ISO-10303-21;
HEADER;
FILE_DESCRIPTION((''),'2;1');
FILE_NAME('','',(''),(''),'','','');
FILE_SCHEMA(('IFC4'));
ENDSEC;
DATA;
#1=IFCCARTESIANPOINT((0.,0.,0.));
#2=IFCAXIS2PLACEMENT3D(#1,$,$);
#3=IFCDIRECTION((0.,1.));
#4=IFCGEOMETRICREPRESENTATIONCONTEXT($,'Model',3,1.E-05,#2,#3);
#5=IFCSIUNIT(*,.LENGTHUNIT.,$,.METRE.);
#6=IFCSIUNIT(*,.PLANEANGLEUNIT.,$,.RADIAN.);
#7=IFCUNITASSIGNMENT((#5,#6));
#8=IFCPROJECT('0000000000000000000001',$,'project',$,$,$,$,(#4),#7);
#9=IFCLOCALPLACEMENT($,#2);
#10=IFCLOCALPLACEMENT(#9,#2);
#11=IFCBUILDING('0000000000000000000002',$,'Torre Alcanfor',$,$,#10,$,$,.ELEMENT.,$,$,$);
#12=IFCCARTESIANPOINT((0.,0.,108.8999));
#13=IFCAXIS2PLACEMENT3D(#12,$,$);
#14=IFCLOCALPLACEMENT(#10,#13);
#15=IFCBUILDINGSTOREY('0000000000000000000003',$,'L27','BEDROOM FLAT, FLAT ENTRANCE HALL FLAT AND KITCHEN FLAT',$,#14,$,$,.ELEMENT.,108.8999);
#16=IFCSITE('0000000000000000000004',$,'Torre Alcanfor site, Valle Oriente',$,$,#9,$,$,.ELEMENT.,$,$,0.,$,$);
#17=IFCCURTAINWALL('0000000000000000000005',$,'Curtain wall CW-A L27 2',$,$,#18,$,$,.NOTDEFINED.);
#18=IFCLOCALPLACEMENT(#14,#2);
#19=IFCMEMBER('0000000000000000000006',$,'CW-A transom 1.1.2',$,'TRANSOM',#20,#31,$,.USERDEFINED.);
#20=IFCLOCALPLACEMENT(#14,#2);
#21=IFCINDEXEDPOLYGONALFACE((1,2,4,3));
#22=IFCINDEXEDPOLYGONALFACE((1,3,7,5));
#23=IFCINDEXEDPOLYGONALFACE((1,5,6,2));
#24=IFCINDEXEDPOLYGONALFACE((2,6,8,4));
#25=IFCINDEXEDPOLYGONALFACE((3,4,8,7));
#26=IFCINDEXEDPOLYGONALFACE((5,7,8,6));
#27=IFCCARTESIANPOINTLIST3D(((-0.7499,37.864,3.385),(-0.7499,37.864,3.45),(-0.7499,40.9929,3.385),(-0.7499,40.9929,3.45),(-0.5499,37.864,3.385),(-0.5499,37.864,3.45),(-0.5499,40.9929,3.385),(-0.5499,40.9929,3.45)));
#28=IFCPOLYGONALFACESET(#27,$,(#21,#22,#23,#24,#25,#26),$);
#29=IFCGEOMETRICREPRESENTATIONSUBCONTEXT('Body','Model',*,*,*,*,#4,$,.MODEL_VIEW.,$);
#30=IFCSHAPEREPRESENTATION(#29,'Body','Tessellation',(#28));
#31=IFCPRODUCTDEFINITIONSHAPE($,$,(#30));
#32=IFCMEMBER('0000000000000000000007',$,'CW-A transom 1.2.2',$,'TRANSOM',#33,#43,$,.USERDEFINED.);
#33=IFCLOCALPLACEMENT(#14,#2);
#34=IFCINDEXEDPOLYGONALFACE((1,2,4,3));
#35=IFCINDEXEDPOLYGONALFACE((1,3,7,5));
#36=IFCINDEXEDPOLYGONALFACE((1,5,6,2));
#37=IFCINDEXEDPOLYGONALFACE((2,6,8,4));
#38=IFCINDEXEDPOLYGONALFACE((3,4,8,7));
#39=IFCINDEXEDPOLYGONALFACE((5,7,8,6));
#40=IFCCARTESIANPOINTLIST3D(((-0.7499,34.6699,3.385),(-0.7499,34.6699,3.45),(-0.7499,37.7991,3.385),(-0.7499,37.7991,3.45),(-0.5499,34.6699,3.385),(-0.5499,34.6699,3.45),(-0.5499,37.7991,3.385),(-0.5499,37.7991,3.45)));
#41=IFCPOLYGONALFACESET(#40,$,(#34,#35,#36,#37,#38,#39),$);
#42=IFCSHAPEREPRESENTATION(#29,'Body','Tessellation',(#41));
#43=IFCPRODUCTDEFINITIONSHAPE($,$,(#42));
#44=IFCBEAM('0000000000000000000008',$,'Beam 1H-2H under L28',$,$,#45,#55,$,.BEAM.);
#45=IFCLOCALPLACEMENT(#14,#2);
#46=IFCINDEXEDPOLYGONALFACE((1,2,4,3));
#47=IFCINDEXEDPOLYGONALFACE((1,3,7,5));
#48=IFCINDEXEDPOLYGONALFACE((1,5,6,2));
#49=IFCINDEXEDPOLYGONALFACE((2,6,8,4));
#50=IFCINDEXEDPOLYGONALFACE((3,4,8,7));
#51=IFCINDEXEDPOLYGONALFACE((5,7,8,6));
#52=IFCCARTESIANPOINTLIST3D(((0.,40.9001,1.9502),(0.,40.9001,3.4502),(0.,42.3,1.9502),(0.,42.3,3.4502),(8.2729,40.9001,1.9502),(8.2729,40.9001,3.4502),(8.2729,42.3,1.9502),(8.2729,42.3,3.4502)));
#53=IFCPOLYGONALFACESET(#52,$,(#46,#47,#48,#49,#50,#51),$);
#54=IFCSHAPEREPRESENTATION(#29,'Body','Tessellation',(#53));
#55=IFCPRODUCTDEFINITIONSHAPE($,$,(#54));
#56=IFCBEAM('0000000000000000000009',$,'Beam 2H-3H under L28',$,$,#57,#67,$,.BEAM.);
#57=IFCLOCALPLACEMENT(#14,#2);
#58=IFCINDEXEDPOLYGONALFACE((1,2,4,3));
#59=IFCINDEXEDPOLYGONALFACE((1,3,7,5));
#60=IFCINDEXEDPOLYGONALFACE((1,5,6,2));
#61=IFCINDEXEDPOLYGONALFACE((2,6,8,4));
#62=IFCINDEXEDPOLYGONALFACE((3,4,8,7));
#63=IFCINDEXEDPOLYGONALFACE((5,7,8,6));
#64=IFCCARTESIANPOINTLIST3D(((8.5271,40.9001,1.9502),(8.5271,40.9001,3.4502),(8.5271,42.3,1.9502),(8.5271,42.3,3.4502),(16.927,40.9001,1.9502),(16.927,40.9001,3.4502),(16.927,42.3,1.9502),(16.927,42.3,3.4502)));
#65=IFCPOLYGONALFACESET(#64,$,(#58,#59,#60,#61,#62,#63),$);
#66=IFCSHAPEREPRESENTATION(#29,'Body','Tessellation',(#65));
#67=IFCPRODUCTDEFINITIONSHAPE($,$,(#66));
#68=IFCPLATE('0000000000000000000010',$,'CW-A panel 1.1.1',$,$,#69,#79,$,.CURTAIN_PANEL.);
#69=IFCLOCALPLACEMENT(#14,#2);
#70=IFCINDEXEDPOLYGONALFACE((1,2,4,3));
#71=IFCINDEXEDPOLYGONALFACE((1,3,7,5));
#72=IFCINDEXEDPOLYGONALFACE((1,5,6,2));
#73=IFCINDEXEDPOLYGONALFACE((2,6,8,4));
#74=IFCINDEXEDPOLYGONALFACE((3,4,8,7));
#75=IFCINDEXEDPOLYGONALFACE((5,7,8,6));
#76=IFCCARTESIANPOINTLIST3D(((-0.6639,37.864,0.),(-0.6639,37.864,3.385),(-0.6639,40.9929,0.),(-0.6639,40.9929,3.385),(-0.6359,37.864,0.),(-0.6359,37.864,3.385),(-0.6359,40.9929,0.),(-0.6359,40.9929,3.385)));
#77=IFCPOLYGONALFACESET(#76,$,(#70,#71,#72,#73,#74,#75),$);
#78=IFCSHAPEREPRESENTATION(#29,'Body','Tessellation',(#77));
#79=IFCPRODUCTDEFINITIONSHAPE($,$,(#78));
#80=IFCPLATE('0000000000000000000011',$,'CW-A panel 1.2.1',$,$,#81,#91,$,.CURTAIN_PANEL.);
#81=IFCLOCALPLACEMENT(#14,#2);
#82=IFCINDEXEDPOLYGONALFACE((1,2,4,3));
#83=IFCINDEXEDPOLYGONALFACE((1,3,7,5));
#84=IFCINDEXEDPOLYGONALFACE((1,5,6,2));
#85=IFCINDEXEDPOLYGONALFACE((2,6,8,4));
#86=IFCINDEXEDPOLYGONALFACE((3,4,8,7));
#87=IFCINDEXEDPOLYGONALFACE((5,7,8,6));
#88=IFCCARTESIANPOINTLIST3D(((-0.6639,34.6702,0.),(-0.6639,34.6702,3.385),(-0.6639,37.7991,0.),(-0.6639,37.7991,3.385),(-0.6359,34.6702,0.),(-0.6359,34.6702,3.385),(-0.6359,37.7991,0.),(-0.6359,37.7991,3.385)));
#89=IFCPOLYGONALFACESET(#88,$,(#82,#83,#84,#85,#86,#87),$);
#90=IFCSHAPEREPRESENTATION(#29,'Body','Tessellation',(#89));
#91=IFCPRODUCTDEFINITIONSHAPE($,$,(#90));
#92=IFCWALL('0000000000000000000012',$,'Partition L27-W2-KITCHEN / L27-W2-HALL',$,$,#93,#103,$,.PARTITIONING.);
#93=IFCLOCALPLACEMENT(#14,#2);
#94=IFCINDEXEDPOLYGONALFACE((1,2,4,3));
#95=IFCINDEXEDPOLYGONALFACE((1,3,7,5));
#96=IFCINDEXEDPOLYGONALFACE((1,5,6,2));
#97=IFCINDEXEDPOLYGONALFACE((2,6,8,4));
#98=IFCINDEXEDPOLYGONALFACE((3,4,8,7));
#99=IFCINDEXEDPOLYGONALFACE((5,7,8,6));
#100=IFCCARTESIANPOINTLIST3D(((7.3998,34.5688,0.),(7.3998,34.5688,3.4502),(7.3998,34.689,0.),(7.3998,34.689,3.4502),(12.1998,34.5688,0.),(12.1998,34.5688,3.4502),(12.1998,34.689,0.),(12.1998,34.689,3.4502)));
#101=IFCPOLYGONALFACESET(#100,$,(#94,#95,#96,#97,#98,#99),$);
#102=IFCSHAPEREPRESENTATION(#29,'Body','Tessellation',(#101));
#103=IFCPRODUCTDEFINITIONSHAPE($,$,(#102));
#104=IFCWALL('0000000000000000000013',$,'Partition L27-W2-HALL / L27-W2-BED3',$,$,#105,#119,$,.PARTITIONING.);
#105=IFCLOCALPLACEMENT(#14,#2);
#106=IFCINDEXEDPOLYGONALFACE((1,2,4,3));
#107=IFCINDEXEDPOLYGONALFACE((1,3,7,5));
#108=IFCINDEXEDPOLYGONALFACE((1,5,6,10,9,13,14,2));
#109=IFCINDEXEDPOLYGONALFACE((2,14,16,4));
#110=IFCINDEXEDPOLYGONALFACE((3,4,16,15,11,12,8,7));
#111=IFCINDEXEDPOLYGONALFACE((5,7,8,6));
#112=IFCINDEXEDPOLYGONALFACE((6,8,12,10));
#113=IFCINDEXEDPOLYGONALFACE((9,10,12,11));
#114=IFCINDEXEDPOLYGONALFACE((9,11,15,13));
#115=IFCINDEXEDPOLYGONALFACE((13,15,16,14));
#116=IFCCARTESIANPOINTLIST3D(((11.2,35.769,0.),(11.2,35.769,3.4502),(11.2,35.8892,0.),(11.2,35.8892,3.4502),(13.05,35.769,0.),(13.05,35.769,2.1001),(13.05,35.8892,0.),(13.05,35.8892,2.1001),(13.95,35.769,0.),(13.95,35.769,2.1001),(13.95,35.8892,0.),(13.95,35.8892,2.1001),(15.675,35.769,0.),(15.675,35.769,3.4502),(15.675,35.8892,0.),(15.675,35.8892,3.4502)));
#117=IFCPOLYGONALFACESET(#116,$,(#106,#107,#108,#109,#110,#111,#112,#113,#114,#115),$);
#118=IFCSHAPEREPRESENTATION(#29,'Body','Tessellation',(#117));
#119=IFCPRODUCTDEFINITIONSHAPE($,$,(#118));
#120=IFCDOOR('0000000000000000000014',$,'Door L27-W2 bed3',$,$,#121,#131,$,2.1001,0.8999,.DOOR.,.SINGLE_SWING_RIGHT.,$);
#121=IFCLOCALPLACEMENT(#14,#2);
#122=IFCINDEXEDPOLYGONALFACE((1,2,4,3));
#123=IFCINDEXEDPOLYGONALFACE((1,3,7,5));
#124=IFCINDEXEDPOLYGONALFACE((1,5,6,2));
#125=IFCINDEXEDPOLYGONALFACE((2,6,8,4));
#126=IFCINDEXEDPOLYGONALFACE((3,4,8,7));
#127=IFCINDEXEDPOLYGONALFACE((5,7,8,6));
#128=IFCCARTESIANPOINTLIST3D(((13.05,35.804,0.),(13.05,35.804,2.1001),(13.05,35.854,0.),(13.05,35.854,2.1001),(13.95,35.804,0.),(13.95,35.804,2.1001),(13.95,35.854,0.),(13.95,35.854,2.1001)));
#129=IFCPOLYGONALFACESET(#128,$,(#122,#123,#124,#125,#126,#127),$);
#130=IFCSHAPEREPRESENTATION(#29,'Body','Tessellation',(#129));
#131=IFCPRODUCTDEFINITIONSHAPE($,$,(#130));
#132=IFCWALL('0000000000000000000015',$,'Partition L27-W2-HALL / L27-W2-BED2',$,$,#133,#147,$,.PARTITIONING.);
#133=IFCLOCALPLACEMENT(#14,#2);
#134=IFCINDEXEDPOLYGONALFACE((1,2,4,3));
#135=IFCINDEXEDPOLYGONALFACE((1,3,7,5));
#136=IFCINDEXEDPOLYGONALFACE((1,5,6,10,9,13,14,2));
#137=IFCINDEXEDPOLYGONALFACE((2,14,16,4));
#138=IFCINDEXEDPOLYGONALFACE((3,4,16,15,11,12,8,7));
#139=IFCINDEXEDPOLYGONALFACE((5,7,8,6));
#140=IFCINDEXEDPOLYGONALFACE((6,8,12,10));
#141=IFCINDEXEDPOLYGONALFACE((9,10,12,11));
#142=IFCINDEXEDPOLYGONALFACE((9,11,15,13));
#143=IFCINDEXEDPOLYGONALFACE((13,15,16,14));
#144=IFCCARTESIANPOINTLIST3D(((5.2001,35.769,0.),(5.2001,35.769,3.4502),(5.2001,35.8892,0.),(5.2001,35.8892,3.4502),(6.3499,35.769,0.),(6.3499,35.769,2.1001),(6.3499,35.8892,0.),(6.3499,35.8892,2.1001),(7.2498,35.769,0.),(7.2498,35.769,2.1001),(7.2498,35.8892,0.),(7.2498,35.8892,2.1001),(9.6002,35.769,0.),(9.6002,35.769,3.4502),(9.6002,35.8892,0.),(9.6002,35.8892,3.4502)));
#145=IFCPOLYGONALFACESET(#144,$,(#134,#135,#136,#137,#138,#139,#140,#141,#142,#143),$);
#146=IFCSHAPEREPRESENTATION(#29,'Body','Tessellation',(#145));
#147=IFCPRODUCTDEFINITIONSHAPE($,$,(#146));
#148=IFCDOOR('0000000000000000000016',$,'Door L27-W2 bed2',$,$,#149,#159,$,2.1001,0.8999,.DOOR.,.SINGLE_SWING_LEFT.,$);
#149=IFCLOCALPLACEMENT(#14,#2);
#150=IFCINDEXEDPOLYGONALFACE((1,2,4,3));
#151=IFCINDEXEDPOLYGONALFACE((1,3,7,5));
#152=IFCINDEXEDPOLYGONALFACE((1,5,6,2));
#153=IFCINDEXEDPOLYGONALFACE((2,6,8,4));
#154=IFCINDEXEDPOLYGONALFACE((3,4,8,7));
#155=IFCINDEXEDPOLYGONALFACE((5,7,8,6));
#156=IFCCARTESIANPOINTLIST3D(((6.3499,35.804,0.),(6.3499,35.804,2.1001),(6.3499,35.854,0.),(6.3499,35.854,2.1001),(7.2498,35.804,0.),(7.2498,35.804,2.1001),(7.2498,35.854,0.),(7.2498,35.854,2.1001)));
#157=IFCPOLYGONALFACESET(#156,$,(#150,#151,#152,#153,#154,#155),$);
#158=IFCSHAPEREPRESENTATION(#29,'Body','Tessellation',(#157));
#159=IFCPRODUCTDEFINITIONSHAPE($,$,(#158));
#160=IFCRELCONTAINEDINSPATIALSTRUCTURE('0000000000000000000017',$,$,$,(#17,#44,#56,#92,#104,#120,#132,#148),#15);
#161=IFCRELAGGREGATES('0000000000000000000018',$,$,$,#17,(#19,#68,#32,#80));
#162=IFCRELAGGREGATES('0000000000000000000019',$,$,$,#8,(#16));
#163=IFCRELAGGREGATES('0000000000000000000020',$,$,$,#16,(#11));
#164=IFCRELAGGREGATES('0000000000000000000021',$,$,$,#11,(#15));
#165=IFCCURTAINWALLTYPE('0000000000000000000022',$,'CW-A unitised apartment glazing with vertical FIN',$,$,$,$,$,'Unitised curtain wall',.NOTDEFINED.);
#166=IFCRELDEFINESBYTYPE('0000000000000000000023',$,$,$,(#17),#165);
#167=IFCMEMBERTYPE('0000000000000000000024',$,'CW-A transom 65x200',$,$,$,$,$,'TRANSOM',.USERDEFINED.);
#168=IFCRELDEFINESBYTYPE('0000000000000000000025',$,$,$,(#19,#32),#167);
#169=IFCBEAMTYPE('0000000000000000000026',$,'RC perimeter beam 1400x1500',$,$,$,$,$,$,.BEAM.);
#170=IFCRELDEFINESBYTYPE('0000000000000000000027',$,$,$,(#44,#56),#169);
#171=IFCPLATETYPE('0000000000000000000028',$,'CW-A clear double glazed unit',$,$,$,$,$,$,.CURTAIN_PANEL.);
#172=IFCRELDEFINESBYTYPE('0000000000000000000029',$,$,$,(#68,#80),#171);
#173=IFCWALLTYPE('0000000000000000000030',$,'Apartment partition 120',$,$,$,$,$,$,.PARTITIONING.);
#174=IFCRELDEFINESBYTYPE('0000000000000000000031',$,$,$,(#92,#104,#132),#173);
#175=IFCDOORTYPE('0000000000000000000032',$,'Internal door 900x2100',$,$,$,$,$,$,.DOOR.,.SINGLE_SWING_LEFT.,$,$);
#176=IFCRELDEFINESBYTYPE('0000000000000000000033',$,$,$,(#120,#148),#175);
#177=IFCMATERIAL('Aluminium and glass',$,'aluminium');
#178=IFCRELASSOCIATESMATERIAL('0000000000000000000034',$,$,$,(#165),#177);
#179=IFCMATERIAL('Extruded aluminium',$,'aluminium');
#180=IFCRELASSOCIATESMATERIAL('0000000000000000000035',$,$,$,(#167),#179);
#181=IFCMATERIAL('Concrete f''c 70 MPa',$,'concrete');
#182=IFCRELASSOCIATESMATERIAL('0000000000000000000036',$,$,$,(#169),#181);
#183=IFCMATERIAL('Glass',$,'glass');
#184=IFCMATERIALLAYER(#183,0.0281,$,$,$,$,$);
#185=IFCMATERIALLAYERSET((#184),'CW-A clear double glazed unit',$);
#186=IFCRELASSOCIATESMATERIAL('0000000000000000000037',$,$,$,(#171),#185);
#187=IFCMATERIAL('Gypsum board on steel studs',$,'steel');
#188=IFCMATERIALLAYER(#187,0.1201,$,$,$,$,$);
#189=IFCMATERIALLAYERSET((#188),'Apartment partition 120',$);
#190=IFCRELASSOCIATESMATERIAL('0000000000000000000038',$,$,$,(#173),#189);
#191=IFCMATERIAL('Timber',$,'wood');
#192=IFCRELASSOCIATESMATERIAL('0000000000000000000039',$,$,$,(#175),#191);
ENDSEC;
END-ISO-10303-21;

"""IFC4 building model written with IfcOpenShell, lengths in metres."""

from ifc_helpers import new_model, si_unit, direction, frame, frame_2d, origin, origin_2d, place, context, subcontext, project, spatial, rectangle, extrude, material, layer, layer_set, material_profile, profile_set, type_object, element, fill, aggregate, save


model = new_model("IFC4")

# Units and contexts
model_context = context("Model", 3, precision=1e-05, world=origin(), true_north=direction((0.0, 1.0)))
body_context = subcontext(model_context, "Body", "Model", "MODEL_VIEW")
ifc_project = project(units=[si_unit("LENGTHUNIT", "METRE"), si_unit("PLANEANGLEUNIT", "RADIAN")], contexts=[model_context])

# Site, building, storey
site_placement = place(None, origin())
site = spatial("IfcSite", under=ifc_project, at=site_placement, Name="Torre Alcanfor site, Valle Oriente", CompositionType="ELEMENT", RefElevation=0.0)
building_placement = place(site_placement, origin())
building = spatial("IfcBuilding", under=site, at=building_placement, Name="Torre Alcanfor", CompositionType="ELEMENT")
storey_placement = place(building_placement, frame((0.0, 0.0, 108.8999)))
storey = spatial("IfcBuildingStorey", under=building, at=storey_placement, Name="L27", Description="BEDROOM FLAT, FLAT ENTRANCE HALL FLAT AND KITCHEN FLAT", CompositionType="ELEMENT", Elevation=108.8999)

# Curtain wall, members
ifc_material_1 = material(Name="Aluminium and glass", Category="aluminium")
curtain_wall_type = type_object("IfcCurtainWallType", Name="CW-A unitised apartment glazing with vertical FIN", ElementType="Unitised curtain wall", PredefinedType="NOTDEFINED", material=ifc_material_1)
curtain_wall_placement = place(storey_placement, origin())
curtain_wall = element("IfcCurtainWall", 1, at=curtain_wall_placement, inside=storey, type_object=curtain_wall_type, Name="Curtain wall CW-A L27 2", PredefinedType="NOTDEFINED")
ifc_material_2 = material(Name="Extruded aluminium", Category="aluminium")
ifc_material_profile_1 = material_profile(ifc_material_2, rectangle(XDim=0.2, YDim=0.0649, at=origin_2d()), Name="CW-A transom 200x65")
ifc_profile_set_1 = profile_set([ifc_material_profile_1], Name="Extruded aluminium")
member_type_1 = type_object("IfcMemberType", Name="CW-A transom 65x200", ElementType="TRANSOM", PredefinedType="USERDEFINED", material=ifc_profile_set_1)
member_1_placement = place(storey_placement, frame((-0.6499, 40.9929, 3.4175), z_axis=(0.0, -1.0, 0.0), x_axis=(1.0, 0.0, 0.0)))
member_1 = element("IfcMember", 2, at=member_1_placement, type_object=member_type_1, Name="CW-A transom 1.1.2", ObjectType="TRANSOM", PredefinedType="USERDEFINED", context=body_context, shape_type="SweptSolid", body=[
    extrude(rectangle(XDim=0.2, YDim=0.0649, at=origin_2d()), origin(), (0.0, 0.0, 1.0), 3.1289),
])
member_2_placement = place(storey_placement, frame((-0.6499, 37.7991, 3.4175), z_axis=(0.0, -1.0, 0.0), x_axis=(1.0, 0.0, 0.0)))
member_2 = element("IfcMember", 3, at=member_2_placement, type_object=member_type_1, Name="CW-A transom 1.2.2", ObjectType="TRANSOM", PredefinedType="USERDEFINED", context=body_context, shape_type="SweptSolid", body=[
    extrude(rectangle(XDim=0.2, YDim=0.0649, at=origin_2d()), origin(), (0.0, 0.0, 1.0), 3.1292),
])

# Beams
ifc_material_3 = material(Name="Concrete f'c 70 MPa", Category="concrete")
ifc_material_profile_2 = material_profile(ifc_material_3, rectangle(XDim=1.3999, YDim=1.5, at=origin_2d()), Name="1400x1500")
ifc_profile_set_2 = profile_set([ifc_material_profile_2], Name="Concrete f'c 70 MPa")
beam_type_1 = type_object("IfcBeamType", Name="RC perimeter beam 1400x1500", PredefinedType="BEAM", material=ifc_profile_set_2)
beam_1_placement = place(storey_placement, frame((0.0, 41.6001, 2.7002), z_axis=(1.0, 0.0, 0.0), x_axis=(0.0, 1.0, 0.0)))
element("IfcBeam", 4, at=beam_1_placement, inside=storey, type_object=beam_type_1, Name="Beam 1H-2H under L28", PredefinedType="BEAM", context=body_context, shape_type="SweptSolid", body=[
    extrude(rectangle(XDim=1.3999, YDim=1.5, at=origin_2d()), origin(), (0.0, 0.0, 1.0), 8.2729),
])
beam_2_placement = place(storey_placement, frame((8.5271, 41.6001, 2.7002), z_axis=(1.0, 0.0, 0.0), x_axis=(0.0, 1.0, 0.0)))
element("IfcBeam", 5, at=beam_2_placement, inside=storey, type_object=beam_type_1, Name="Beam 2H-3H under L28", PredefinedType="BEAM", context=body_context, shape_type="SweptSolid", body=[
    extrude(rectangle(XDim=1.3999, YDim=1.5, at=origin_2d()), origin(), (0.0, 0.0, 1.0), 8.3999),
])

# Plates
ifc_material_4 = material(Name="Glass", Category="glass")
ifc_layer_1 = layer(ifc_material_4, 0.0281)
ifc_layer_set_1 = layer_set([ifc_layer_1], Name="CW-A clear double glazed unit")
plate_type = type_object("IfcPlateType", Name="CW-A clear double glazed unit", PredefinedType="CURTAIN_PANEL", material=ifc_layer_set_1)
plate_1_placement = place(storey_placement, frame((-0.6499, 39.4285, 0.0), z_axis=(0.0, 0.0, 1.0), x_axis=(0.0, -1.0, 0.0)))
plate_1 = element("IfcPlate", 6, at=plate_1_placement, type_object=plate_type, Name="CW-A panel 1.1.1", PredefinedType="CURTAIN_PANEL", context=body_context, shape_type="SweptSolid", body=[
    extrude(rectangle(XDim=3.1289, YDim=0.0281, at=origin_2d()), origin(), (0.0, 0.0, 1.0), 3.385),
])
plate_2_placement = place(storey_placement, frame((-0.6499, 36.2346, 0.0), z_axis=(0.0, 0.0, 1.0), x_axis=(0.0, -1.0, 0.0)))
plate_2 = element("IfcPlate", 7, at=plate_2_placement, type_object=plate_type, Name="CW-A panel 1.2.1", PredefinedType="CURTAIN_PANEL", context=body_context, shape_type="SweptSolid", body=[
    extrude(rectangle(XDim=3.1289, YDim=0.0281, at=origin_2d()), origin(), (0.0, 0.0, 1.0), 3.385),
])
aggregate(curtain_wall, [member_1, plate_1, member_2, plate_2])

# Wall
ifc_material_5 = material(Name="Gypsum board on steel studs", Category="steel")
ifc_layer_2 = layer(ifc_material_5, 0.1201)
ifc_layer_set_2 = layer_set([ifc_layer_2], Name="Apartment partition 120")
wall_type_1 = type_object("IfcWallType", Name="Apartment partition 120", PredefinedType="PARTITIONING", material=ifc_layer_set_2)
wall_1_placement = place(storey_placement, frame((7.3999, 34.6289, 0.0), z_axis=(0.0, 0.0, 1.0), x_axis=(1.0, 0.0, 0.0)))
element("IfcWall", 8, at=wall_1_placement, inside=storey, type_object=wall_type_1, Name="Partition L27-W2-KITCHEN / L27-W2-HALL", PredefinedType="PARTITIONING", context=body_context, shape_type="SweptSolid", body=[
    extrude(rectangle(XDim=4.8, YDim=0.1201, at=frame_2d((2.3999, 0.0))), origin(), (0.0, 0.0, 1.0), 3.4502),
])

# Walls, openings, doors
wall_2_placement = place(storey_placement, frame((11.2, 35.8291, 0.0), z_axis=(0.0, 0.0, 1.0), x_axis=(1.0, 0.0, 0.0)))
wall_2 = element("IfcWall", 9, at=wall_2_placement, inside=storey, type_object=wall_type_1, Name="Partition L27-W2-HALL / L27-W2-BED3", PredefinedType="PARTITIONING", context=body_context, shape_type="SweptSolid", body=[
    extrude(rectangle(XDim=4.4751, YDim=0.1201, at=frame_2d((2.2375, 0.0))), origin(), (0.0, 0.0, 1.0), 3.4502),
])
opening_1_placement = place(wall_2_placement, frame((1.8501, 0.0, 0.0)))
opening_1 = element("IfcOpeningElement", 10, at=opening_1_placement, cuts=wall_2, PredefinedType="OPENING", context=body_context, shape_type="SweptSolid", body=[
    extrude(rectangle(XDim=0.8999, YDim=2.1001, at=frame_2d((0.45, 1.05))), frame((0.0, 0.0701, 0.0), z_axis=(0.0, -1.0, 0.0), x_axis=(1.0, 0.0, 0.0)), (0.0, 0.0, 1.0), 0.1401),
])
ifc_material_6 = material(Name="Timber", Category="wood")
door_type_1 = type_object("IfcDoorType", Name="Internal door 900x2100", OperationType="SINGLE_SWING_LEFT", PredefinedType="DOOR", material=ifc_material_6)
door_1_placement = place(opening_1_placement, origin())
door_1 = element("IfcDoor", 11, at=door_1_placement, inside=storey, type_object=door_type_1, Name="Door L27-W2 bed3", OperationType="SINGLE_SWING_RIGHT", OverallHeight=2.1001, OverallWidth=0.8999, PredefinedType="DOOR", context=body_context, shape_type="SweptSolid", body=[
    extrude(rectangle(XDim=0.8999, YDim=2.1001, at=frame_2d((0.45, 1.05))), frame((0.0, 0.0249, 0.0), z_axis=(0.0, -1.0, 0.0), x_axis=(1.0, 0.0, 0.0)), (0.0, 0.0, 1.0), 0.05),
])
fill(opening_1, door_1)
wall_3_placement = place(storey_placement, frame((5.2, 35.8291, 0.0), z_axis=(0.0, 0.0, 1.0), x_axis=(1.0, 0.0, 0.0)))
wall_3 = element("IfcWall", 12, at=wall_3_placement, inside=storey, type_object=wall_type_1, Name="Partition L27-W2-HALL / L27-W2-BED2", PredefinedType="PARTITIONING", context=body_context, shape_type="SweptSolid", body=[
    extrude(rectangle(XDim=4.4001, YDim=0.1201, at=frame_2d((2.2002, 0.0))), origin(), (0.0, 0.0, 1.0), 3.4502),
])
opening_2_placement = place(wall_3_placement, frame((1.1499, 0.0, 0.0)))
opening_2 = element("IfcOpeningElement", 13, at=opening_2_placement, cuts=wall_3, PredefinedType="OPENING", context=body_context, shape_type="SweptSolid", body=[
    extrude(rectangle(XDim=0.8999, YDim=2.1001, at=frame_2d((0.45, 1.05))), frame((0.0, 0.0701, 0.0), z_axis=(0.0, -1.0, 0.0), x_axis=(1.0, 0.0, 0.0)), (0.0, 0.0, 1.0), 0.1401),
])
door_2_placement = place(opening_2_placement, origin())
door_2 = element("IfcDoor", 14, at=door_2_placement, inside=storey, type_object=door_type_1, Name="Door L27-W2 bed2", OperationType="SINGLE_SWING_LEFT", OverallHeight=2.1001, OverallWidth=0.8999, PredefinedType="DOOR", context=body_context, shape_type="SweptSolid", body=[
    extrude(rectangle(XDim=0.8999, YDim=2.1001, at=frame_2d((0.45, 1.05))), frame((0.0, 0.0249, 0.0), z_axis=(0.0, -1.0, 0.0), x_axis=(1.0, 0.0, 0.0)), (0.0, 0.0, 1.0), 0.05),
])
fill(opening_2, door_2)

save(model, "model.ifc")
